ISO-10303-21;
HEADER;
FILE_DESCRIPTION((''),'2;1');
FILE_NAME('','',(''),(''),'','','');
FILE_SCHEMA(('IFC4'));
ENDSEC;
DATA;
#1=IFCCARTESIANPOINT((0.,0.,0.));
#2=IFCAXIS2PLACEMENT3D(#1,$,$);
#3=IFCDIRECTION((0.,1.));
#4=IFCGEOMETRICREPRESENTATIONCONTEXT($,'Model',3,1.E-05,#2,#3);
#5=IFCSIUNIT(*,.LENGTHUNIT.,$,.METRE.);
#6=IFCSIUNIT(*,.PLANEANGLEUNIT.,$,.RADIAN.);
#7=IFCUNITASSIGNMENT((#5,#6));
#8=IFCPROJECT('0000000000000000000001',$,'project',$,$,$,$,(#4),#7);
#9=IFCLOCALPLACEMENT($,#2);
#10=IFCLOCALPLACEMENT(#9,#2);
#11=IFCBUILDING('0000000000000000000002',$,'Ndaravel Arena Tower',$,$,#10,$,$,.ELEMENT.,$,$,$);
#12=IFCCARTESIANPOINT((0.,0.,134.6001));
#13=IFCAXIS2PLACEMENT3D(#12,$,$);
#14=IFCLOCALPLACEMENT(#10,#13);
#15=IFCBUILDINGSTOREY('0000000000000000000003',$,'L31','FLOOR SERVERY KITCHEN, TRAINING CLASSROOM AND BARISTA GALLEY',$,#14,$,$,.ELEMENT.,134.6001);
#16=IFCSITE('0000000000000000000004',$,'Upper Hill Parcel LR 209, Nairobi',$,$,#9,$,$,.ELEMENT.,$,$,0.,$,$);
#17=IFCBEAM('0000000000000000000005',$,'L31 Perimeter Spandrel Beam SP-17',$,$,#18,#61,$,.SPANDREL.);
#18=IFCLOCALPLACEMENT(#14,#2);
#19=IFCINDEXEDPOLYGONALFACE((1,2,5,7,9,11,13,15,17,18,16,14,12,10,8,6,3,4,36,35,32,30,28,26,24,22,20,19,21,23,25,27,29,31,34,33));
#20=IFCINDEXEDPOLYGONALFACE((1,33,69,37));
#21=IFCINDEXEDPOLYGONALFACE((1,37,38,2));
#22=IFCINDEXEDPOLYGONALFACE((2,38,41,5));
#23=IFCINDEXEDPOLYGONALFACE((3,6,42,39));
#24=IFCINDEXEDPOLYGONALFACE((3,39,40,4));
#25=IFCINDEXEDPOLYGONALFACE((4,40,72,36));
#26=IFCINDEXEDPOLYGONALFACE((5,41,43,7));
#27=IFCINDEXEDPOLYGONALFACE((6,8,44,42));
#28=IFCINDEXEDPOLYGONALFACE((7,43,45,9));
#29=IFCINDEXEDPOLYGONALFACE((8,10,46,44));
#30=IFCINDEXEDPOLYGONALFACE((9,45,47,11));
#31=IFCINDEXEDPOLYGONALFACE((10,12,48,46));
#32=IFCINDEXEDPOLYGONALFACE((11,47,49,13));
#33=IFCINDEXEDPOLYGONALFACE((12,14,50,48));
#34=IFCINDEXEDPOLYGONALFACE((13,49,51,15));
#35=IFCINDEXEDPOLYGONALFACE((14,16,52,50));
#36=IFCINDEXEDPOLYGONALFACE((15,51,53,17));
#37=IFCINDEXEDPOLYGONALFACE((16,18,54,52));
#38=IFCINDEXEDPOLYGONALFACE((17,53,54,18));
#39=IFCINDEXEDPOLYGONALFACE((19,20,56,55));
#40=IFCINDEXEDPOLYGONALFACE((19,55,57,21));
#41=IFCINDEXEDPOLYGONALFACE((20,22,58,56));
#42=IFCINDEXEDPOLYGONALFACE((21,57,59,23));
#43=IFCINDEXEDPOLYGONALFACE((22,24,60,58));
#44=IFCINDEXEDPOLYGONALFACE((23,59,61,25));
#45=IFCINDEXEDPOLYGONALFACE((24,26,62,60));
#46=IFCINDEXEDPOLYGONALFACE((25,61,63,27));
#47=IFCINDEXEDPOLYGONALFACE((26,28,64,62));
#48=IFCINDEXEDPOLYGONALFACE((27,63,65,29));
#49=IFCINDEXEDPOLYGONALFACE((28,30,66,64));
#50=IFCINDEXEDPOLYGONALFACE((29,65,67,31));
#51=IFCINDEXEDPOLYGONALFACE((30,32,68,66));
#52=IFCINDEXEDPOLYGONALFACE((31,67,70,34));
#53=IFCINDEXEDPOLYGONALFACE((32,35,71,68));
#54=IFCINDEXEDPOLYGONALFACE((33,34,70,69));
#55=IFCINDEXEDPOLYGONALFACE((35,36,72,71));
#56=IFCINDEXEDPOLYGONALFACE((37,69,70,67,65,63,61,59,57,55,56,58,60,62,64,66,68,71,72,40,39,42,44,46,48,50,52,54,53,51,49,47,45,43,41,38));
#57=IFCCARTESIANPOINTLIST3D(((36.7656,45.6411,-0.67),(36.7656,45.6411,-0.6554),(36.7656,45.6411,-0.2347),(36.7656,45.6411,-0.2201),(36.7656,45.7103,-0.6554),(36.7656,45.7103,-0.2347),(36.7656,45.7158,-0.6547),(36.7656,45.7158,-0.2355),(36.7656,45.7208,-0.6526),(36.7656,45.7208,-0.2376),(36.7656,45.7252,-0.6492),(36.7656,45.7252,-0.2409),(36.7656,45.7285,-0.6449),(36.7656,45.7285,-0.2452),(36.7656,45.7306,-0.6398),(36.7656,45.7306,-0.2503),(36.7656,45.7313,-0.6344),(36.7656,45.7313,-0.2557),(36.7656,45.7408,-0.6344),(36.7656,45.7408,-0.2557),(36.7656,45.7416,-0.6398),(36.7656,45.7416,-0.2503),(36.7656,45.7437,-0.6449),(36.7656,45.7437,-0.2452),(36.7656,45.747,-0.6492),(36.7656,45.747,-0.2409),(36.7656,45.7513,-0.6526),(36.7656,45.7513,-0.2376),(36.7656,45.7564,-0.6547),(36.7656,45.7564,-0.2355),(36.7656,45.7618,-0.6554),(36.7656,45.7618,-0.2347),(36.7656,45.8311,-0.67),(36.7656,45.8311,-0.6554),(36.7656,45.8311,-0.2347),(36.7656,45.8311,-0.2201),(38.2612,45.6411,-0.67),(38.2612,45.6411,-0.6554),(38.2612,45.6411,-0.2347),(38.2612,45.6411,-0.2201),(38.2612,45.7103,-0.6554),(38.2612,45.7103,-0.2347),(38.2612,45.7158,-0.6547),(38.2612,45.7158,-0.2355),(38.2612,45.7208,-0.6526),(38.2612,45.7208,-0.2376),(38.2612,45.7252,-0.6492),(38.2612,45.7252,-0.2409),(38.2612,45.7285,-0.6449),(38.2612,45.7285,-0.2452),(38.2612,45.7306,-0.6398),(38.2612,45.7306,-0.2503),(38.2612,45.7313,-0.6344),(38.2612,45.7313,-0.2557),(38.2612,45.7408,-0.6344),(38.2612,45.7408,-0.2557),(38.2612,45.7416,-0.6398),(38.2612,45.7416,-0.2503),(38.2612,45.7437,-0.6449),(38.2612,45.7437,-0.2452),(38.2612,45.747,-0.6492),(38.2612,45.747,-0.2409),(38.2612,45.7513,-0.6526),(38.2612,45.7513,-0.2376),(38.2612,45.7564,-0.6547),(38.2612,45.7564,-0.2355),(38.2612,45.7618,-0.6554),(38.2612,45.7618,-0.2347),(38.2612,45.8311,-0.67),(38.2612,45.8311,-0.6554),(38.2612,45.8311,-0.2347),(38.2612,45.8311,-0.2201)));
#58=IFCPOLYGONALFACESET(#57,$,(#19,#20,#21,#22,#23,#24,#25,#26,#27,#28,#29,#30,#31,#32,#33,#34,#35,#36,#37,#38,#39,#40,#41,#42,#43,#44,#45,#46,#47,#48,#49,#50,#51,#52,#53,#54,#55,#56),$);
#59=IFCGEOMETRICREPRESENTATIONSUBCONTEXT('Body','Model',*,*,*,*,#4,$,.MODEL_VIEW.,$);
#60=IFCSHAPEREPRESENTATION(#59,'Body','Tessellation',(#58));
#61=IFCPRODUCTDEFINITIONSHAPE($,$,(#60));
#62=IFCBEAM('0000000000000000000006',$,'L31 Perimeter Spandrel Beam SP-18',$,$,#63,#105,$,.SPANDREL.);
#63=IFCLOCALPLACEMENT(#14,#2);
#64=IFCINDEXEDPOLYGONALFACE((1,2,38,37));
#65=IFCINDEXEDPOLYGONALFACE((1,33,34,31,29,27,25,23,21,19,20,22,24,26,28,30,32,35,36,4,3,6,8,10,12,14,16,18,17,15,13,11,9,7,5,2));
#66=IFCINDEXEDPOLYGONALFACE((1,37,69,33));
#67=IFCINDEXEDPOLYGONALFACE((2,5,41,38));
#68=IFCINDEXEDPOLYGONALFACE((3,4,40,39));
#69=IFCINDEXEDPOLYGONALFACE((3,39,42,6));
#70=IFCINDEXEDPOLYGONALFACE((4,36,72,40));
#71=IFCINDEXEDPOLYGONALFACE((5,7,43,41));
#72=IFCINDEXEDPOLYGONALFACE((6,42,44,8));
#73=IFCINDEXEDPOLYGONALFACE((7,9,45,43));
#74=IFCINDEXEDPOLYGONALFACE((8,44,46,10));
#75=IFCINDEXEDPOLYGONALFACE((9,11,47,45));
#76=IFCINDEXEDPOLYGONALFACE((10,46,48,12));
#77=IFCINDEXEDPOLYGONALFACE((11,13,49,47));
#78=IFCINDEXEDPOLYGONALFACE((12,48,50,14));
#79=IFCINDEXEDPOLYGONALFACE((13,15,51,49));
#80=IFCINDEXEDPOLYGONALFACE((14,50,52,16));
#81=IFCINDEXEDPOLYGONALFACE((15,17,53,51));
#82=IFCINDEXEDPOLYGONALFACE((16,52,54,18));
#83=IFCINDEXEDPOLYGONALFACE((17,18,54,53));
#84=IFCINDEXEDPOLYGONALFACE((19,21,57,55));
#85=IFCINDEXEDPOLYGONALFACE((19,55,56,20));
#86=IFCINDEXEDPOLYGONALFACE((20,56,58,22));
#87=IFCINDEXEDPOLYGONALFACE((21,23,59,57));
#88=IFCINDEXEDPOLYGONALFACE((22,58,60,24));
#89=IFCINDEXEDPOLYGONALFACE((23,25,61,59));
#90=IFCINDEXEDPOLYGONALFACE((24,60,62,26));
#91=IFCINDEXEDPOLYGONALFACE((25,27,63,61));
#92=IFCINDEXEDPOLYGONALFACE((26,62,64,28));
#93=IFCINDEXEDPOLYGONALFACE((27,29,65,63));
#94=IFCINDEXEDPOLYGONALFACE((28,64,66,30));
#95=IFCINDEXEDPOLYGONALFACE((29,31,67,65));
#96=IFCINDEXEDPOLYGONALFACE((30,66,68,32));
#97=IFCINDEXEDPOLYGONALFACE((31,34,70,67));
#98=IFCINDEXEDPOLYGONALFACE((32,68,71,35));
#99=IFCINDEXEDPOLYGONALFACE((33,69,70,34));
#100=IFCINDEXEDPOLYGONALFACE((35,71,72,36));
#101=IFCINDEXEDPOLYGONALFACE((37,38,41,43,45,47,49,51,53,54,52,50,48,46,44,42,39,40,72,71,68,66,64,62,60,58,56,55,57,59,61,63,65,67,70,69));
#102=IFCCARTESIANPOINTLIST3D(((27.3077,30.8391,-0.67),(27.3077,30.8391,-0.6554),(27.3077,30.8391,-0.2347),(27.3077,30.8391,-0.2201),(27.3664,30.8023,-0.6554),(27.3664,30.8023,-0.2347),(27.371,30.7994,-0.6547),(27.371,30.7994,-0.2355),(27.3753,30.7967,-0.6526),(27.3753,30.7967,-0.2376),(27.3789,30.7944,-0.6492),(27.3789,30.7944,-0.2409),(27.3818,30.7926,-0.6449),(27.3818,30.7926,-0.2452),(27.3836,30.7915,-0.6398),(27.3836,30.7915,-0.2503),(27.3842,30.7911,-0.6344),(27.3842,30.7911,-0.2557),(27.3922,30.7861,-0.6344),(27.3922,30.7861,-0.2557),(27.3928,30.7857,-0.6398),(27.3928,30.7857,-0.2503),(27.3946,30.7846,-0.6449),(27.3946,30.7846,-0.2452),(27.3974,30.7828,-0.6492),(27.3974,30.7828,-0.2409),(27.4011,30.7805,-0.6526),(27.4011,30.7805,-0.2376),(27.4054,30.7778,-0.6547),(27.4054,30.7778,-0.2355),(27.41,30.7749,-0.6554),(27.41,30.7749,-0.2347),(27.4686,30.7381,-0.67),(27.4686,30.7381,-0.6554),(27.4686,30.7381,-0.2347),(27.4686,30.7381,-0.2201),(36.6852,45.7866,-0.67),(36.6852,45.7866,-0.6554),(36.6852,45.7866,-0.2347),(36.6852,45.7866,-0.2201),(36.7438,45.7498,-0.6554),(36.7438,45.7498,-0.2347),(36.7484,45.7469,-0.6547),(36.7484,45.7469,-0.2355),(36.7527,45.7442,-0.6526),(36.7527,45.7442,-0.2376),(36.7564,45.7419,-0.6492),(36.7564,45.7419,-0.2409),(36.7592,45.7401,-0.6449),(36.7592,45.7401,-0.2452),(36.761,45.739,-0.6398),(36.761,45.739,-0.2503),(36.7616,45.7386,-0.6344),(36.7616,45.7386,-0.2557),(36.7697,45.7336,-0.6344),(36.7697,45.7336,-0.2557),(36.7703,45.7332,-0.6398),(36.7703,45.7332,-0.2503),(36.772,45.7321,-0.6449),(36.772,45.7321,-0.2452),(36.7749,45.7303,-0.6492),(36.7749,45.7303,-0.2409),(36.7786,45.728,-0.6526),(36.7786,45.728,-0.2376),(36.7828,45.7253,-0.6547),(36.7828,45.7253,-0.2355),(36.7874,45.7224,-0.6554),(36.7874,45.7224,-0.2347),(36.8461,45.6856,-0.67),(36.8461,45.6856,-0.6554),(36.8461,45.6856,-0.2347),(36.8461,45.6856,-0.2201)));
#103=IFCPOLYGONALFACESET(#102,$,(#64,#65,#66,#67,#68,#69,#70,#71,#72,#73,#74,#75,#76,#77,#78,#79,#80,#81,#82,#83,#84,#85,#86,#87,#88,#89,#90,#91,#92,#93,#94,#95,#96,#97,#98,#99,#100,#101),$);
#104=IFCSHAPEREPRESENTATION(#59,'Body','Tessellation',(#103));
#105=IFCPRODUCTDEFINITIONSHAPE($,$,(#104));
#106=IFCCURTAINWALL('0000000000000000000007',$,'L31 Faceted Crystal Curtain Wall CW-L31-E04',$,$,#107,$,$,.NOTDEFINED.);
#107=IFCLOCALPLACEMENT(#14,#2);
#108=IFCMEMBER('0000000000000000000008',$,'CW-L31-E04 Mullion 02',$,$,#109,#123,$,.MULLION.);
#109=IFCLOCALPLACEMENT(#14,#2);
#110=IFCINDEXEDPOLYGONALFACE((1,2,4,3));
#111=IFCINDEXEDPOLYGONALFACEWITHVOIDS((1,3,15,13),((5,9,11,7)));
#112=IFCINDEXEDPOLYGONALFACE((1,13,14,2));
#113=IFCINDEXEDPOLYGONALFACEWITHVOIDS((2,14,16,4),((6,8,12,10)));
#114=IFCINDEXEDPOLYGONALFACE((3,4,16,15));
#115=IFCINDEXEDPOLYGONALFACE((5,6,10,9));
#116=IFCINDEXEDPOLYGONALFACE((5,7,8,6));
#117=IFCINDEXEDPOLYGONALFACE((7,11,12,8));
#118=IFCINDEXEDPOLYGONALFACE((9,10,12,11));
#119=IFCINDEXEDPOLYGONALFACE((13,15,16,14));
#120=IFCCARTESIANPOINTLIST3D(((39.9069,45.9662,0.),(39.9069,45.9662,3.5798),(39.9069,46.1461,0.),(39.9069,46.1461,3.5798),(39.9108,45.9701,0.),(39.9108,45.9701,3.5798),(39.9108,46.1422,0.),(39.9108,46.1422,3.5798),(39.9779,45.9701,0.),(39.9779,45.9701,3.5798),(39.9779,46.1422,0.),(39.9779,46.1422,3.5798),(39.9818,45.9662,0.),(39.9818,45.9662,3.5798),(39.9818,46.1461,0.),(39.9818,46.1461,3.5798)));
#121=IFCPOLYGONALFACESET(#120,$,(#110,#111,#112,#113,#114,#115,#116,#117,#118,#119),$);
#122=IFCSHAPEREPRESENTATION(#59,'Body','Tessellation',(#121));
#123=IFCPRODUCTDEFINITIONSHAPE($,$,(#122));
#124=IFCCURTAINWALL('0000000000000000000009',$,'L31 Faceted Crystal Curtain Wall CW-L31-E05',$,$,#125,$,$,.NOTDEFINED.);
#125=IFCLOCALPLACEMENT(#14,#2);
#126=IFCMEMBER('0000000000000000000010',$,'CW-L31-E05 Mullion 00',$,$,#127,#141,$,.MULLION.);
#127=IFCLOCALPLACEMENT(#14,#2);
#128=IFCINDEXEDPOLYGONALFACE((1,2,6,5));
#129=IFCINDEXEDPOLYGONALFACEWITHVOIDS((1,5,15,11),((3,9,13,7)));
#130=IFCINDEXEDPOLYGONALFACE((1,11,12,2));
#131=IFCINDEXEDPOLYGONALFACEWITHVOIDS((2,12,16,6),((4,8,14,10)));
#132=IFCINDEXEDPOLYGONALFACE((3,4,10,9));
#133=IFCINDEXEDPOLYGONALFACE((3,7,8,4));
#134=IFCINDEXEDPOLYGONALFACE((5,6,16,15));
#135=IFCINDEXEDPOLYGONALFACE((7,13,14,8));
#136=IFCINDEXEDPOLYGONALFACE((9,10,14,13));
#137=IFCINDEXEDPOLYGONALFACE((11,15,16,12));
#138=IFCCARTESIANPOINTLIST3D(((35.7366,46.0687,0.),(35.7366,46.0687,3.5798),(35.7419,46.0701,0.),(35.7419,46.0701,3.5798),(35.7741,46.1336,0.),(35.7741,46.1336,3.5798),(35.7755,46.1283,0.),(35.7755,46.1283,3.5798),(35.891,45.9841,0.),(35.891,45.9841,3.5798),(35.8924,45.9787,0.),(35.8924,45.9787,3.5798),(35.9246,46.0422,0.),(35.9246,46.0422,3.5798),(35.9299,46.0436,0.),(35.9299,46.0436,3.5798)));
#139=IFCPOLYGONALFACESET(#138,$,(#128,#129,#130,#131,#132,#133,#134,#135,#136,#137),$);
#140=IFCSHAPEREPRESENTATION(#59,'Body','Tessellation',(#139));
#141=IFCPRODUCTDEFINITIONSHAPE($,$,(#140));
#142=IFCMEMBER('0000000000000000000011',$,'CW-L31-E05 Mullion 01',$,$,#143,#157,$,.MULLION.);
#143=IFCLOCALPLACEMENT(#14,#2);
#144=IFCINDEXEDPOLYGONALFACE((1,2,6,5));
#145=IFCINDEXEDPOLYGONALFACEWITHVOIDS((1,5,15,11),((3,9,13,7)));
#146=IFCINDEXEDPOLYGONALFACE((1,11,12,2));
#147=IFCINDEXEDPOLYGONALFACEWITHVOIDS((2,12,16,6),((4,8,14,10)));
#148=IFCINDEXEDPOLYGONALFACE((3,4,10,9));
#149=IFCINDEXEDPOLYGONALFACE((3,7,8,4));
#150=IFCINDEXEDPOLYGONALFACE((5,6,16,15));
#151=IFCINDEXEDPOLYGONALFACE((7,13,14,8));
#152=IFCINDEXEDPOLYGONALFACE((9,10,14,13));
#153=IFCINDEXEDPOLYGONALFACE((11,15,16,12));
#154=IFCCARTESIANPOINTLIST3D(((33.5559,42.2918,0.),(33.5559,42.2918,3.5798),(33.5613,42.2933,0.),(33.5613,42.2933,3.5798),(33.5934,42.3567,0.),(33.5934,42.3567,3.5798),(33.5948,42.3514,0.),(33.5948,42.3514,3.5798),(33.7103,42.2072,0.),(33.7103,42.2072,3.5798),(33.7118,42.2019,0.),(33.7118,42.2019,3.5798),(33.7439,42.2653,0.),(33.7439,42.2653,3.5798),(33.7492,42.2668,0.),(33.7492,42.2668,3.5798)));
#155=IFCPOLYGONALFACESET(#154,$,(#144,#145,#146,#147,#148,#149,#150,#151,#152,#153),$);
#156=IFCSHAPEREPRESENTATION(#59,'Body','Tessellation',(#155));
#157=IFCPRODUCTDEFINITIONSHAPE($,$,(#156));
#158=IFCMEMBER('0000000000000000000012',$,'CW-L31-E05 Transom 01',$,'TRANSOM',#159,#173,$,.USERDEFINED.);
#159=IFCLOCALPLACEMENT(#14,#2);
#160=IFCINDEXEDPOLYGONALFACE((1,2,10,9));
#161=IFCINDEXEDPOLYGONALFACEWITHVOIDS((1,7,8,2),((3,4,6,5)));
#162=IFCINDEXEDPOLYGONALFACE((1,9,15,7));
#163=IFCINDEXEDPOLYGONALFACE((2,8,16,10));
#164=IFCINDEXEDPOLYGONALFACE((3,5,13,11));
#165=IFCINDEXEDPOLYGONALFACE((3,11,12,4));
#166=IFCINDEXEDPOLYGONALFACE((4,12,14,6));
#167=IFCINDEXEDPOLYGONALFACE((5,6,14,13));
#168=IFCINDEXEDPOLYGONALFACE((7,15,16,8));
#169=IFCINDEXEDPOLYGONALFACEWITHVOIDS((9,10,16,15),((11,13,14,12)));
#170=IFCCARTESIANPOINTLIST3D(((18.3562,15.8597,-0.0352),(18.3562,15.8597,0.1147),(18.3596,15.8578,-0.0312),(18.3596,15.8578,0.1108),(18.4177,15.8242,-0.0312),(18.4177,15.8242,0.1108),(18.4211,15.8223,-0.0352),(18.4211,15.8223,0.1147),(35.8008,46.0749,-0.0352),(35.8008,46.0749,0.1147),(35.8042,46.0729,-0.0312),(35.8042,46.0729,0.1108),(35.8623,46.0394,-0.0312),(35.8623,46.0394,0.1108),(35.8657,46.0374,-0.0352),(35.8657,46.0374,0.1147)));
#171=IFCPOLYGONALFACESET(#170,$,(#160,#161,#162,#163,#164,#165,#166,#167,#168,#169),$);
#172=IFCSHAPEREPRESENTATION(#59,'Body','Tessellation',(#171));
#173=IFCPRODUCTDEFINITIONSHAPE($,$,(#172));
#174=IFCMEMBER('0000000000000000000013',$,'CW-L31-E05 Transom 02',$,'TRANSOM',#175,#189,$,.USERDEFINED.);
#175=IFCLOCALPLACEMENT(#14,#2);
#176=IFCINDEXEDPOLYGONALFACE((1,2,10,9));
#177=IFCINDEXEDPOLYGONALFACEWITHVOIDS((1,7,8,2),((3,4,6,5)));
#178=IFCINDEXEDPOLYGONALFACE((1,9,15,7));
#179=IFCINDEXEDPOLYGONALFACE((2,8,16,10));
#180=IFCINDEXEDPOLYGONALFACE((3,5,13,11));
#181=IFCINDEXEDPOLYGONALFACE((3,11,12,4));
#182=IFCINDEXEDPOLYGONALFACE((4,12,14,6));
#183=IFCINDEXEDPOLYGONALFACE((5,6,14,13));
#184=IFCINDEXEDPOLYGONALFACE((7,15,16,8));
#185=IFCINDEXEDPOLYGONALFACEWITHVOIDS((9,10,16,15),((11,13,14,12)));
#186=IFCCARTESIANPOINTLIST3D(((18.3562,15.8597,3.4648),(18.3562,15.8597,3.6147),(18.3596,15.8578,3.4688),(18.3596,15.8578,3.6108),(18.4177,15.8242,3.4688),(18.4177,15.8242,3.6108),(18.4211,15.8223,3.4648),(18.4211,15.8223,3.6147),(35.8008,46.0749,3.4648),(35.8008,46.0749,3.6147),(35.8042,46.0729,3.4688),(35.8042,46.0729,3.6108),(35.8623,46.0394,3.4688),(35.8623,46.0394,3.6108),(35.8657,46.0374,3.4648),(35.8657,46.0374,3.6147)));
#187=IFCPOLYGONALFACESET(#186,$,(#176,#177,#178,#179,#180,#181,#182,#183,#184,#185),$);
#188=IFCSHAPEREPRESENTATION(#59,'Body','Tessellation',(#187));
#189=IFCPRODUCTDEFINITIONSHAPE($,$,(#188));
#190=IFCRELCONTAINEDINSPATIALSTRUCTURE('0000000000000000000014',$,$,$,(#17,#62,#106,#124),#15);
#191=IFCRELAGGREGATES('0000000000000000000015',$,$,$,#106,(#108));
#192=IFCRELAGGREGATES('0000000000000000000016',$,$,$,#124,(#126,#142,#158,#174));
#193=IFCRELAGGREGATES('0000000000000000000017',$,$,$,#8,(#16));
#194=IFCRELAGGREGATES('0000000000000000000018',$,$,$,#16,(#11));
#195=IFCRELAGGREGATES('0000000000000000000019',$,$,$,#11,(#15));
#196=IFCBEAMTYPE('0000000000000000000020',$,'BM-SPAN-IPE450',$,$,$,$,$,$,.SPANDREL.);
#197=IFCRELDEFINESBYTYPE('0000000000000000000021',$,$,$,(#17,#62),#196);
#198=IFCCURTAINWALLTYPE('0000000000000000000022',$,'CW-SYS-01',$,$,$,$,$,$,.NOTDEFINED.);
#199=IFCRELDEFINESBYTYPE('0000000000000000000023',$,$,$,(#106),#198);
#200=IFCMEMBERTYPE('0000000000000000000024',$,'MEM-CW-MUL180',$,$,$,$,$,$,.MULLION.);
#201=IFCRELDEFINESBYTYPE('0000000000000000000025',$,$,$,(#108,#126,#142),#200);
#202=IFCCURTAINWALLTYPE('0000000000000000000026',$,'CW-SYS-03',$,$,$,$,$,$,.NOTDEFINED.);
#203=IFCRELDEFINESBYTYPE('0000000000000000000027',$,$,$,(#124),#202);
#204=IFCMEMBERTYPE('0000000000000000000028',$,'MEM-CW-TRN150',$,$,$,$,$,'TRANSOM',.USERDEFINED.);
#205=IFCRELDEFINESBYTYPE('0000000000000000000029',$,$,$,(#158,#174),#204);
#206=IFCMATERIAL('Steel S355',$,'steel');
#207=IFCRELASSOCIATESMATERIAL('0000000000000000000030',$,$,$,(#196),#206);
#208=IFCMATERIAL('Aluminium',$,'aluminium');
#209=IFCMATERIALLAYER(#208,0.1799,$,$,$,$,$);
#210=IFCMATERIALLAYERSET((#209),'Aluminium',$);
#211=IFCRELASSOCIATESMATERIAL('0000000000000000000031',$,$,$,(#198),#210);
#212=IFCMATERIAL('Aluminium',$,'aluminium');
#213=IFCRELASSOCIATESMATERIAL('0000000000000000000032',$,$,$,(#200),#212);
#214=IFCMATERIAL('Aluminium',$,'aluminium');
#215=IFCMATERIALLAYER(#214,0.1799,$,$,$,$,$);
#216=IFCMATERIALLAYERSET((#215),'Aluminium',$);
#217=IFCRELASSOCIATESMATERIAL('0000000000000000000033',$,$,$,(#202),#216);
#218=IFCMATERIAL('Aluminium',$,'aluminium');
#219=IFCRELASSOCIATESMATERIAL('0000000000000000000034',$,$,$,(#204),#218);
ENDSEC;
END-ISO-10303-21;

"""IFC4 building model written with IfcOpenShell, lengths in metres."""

from ifc_helpers import new_model, si_unit, direction, frame, origin, origin_2d, place, context, subcontext, project, spatial, hollow_rectangle, i_section, extrude, material, layer, layer_set, material_profile, profile_set, type_object, element, aggregate, save


model = new_model("IFC4")

# Units and contexts
model_context = context("Model", 3, precision=1e-05, world=origin(), true_north=direction((0.0, 1.0)))
body_context = subcontext(model_context, "Body", "Model", "MODEL_VIEW")
ifc_project = project(units=[si_unit("LENGTHUNIT", "METRE"), si_unit("PLANEANGLEUNIT", "RADIAN")], contexts=[model_context])

# Site, building, storey
site_placement = place(None, origin())
site = spatial("IfcSite", under=ifc_project, at=site_placement, Name="Upper Hill Parcel LR 209, Nairobi", CompositionType="ELEMENT", RefElevation=0.0)
building_placement = place(site_placement, origin())
building = spatial("IfcBuilding", under=site, at=building_placement, Name="Ndaravel Arena Tower", CompositionType="ELEMENT")
storey_placement = place(building_placement, frame((0.0, 0.0, 134.6001)))
storey = spatial("IfcBuildingStorey", under=building, at=storey_placement, Name="L31", Description="FLOOR SERVERY KITCHEN, TRAINING CLASSROOM AND BARISTA GALLEY", CompositionType="ELEMENT", Elevation=134.6001)

# Beams
ifc_material_1 = material(Name="Steel S355", Category="steel")
ifc_material_profile_1 = material_profile(ifc_material_1, i_section(OverallWidth=0.1899, OverallDepth=0.45, WebThickness=0.0095, FlangeThickness=0.0146, FilletRadius=0.021, at=origin_2d()), Name="IPE 450")
ifc_profile_set_1 = profile_set([ifc_material_profile_1], Name="Steel S355")
beam_type_1 = type_object("IfcBeamType", Name="BM-SPAN-IPE450", PredefinedType="SPANDREL", material=ifc_profile_set_1)
beam_1_placement = place(storey_placement, frame((38.2612, 45.7361, -0.4451), z_axis=(-1.0, 0.0, 0.0), x_axis=(0.0, -1.0, 0.0)))
element("IfcBeam", 1, at=beam_1_placement, inside=storey, type_object=beam_type_1, Name="L31 Perimeter Spandrel Beam SP-17", PredefinedType="SPANDREL", context=body_context, shape_type="SweptSolid", body=[
    extrude(i_section(OverallWidth=0.1899, OverallDepth=0.45, WebThickness=0.0095, FlangeThickness=0.0146, FilletRadius=0.021, at=origin_2d()), origin(), (0.0, 0.0, 1.0), 1.4956),
])
beam_2_placement = place(storey_placement, frame((36.7656, 45.7361, -0.4451), z_axis=(-0.531435, -0.847099, 0.0), x_axis=(0.847099, -0.531435, 0.0)))
element("IfcBeam", 2, at=beam_2_placement, inside=storey, type_object=beam_type_1, Name="L31 Perimeter Spandrel Beam SP-18", PredefinedType="SPANDREL", context=body_context, shape_type="SweptSolid", body=[
    extrude(i_section(OverallWidth=0.1899, OverallDepth=0.45, WebThickness=0.0095, FlangeThickness=0.0146, FilletRadius=0.021, at=origin_2d()), origin(), (0.0, 0.0, 1.0), 17.6455),
])

# Curtain wall, member
ifc_material_2 = material(Name="Aluminium", Category="aluminium")
ifc_layer_1 = layer(ifc_material_2, 0.1799)
ifc_layer_set_1 = layer_set([ifc_layer_1], Name="Aluminium")
curtain_wall_type_1 = type_object("IfcCurtainWallType", Name="CW-SYS-01", PredefinedType="NOTDEFINED", material=ifc_layer_set_1)
curtain_wall_1_placement = place(storey_placement, origin())
curtain_wall_1 = element("IfcCurtainWall", 3, at=curtain_wall_1_placement, inside=storey, type_object=curtain_wall_type_1, Name="L31 Faceted Crystal Curtain Wall CW-L31-E04", PredefinedType="NOTDEFINED")
ifc_material_3 = material(Name="Aluminium", Category="aluminium")
ifc_material_profile_2 = material_profile(ifc_material_3, hollow_rectangle(XDim=0.075, YDim=0.1799, WallThickness=0.0039, at=origin_2d()), Name="CW MULLION 75x180x4")
ifc_profile_set_2 = profile_set([ifc_material_profile_2], Name="Aluminium")
member_type_1 = type_object("IfcMemberType", Name="MEM-CW-MUL180", PredefinedType="MULLION", material=ifc_profile_set_2)
member_1_placement = place(storey_placement, frame((39.9443, 46.0562, 0.0), z_axis=(0.0, 0.0, 1.0), x_axis=(-1.0, 0.0, 0.0)))
member_1 = element("IfcMember", 4, at=member_1_placement, type_object=member_type_1, Name="CW-L31-E04 Mullion 02", PredefinedType="MULLION", context=body_context, shape_type="SweptSolid", body=[
    extrude(hollow_rectangle(XDim=0.075, YDim=0.1799, WallThickness=0.0039, at=origin_2d()), origin(), (0.0, 0.0, 1.0), 3.5798),
])

# Curtain wall, members
ifc_material_4 = material(Name="Aluminium", Category="aluminium")
ifc_layer_2 = layer(ifc_material_4, 0.1799)
ifc_layer_set_2 = layer_set([ifc_layer_2], Name="Aluminium")
curtain_wall_type_2 = type_object("IfcCurtainWallType", Name="CW-SYS-03", PredefinedType="NOTDEFINED", material=ifc_layer_set_2)
curtain_wall_2_placement = place(storey_placement, origin())
curtain_wall_2 = element("IfcCurtainWall", 5, at=curtain_wall_2_placement, inside=storey, type_object=curtain_wall_type_2, Name="L31 Faceted Crystal Curtain Wall CW-L31-E05", PredefinedType="NOTDEFINED")
member_2_placement = place(storey_placement, frame((35.8333, 46.0562, 0.0), z_axis=(0.0, 0.0, 1.0), x_axis=(-0.5, -0.866025, 0.0)))
member_2 = element("IfcMember", 6, at=member_2_placement, type_object=member_type_1, Name="CW-L31-E05 Mullion 00", PredefinedType="MULLION", context=body_context, shape_type="SweptSolid", body=[
    extrude(hollow_rectangle(XDim=0.075, YDim=0.1799, WallThickness=0.0039, at=origin_2d()), origin(), (0.0, 0.0, 1.0), 3.5798),
])
member_3_placement = place(storey_placement, frame((33.6526, 42.2793, 0.0), z_axis=(0.0, 0.0, 1.0), x_axis=(-0.5, -0.866025, 0.0)))
member_3 = element("IfcMember", 7, at=member_3_placement, type_object=member_type_1, Name="CW-L31-E05 Mullion 01", PredefinedType="MULLION", context=body_context, shape_type="SweptSolid", body=[
    extrude(hollow_rectangle(XDim=0.075, YDim=0.1799, WallThickness=0.0039, at=origin_2d()), origin(), (0.0, 0.0, 1.0), 3.5798),
])
ifc_material_5 = material(Name="Aluminium", Category="aluminium")
ifc_material_profile_3 = material_profile(ifc_material_5, hollow_rectangle(XDim=0.075, YDim=0.1499, WallThickness=0.0039, at=origin_2d()), Name="CW TRANSOM 75x150x4")
ifc_profile_set_3 = profile_set([ifc_material_profile_3], Name="Aluminium")
member_type_2 = type_object("IfcMemberType", Name="MEM-CW-TRN150", ElementType="TRANSOM", PredefinedType="USERDEFINED", material=ifc_profile_set_3)
member_4_placement = place(storey_placement, frame((35.8333, 46.0562, 0.0398), z_axis=(-0.499998, -0.866027, 0.0), x_axis=(0.866027, -0.499998, 0.0)))
member_4 = element("IfcMember", 8, at=member_4_placement, type_object=member_type_2, Name="CW-L31-E05 Transom 01", ObjectType="TRANSOM", PredefinedType="USERDEFINED", context=body_context, shape_type="SweptSolid", body=[
    extrude(hollow_rectangle(XDim=0.075, YDim=0.1499, WallThickness=0.0039, at=origin_2d()), origin(), (0.0, 0.0, 1.0), 34.8894),
])
member_5_placement = place(storey_placement, frame((35.8333, 46.0562, 3.5398), z_axis=(-0.499998, -0.866027, 0.0), x_axis=(0.866027, -0.499998, 0.0)))
member_5 = element("IfcMember", 9, at=member_5_placement, type_object=member_type_2, Name="CW-L31-E05 Transom 02", ObjectType="TRANSOM", PredefinedType="USERDEFINED", context=body_context, shape_type="SweptSolid", body=[
    extrude(hollow_rectangle(XDim=0.075, YDim=0.1499, WallThickness=0.0039, at=origin_2d()), origin(), (0.0, 0.0, 1.0), 34.8894),
])

aggregate(curtain_wall_1, [member_1])
aggregate(curtain_wall_2, [member_2, member_3, member_4, member_5])

save(model, "model.ifc")
